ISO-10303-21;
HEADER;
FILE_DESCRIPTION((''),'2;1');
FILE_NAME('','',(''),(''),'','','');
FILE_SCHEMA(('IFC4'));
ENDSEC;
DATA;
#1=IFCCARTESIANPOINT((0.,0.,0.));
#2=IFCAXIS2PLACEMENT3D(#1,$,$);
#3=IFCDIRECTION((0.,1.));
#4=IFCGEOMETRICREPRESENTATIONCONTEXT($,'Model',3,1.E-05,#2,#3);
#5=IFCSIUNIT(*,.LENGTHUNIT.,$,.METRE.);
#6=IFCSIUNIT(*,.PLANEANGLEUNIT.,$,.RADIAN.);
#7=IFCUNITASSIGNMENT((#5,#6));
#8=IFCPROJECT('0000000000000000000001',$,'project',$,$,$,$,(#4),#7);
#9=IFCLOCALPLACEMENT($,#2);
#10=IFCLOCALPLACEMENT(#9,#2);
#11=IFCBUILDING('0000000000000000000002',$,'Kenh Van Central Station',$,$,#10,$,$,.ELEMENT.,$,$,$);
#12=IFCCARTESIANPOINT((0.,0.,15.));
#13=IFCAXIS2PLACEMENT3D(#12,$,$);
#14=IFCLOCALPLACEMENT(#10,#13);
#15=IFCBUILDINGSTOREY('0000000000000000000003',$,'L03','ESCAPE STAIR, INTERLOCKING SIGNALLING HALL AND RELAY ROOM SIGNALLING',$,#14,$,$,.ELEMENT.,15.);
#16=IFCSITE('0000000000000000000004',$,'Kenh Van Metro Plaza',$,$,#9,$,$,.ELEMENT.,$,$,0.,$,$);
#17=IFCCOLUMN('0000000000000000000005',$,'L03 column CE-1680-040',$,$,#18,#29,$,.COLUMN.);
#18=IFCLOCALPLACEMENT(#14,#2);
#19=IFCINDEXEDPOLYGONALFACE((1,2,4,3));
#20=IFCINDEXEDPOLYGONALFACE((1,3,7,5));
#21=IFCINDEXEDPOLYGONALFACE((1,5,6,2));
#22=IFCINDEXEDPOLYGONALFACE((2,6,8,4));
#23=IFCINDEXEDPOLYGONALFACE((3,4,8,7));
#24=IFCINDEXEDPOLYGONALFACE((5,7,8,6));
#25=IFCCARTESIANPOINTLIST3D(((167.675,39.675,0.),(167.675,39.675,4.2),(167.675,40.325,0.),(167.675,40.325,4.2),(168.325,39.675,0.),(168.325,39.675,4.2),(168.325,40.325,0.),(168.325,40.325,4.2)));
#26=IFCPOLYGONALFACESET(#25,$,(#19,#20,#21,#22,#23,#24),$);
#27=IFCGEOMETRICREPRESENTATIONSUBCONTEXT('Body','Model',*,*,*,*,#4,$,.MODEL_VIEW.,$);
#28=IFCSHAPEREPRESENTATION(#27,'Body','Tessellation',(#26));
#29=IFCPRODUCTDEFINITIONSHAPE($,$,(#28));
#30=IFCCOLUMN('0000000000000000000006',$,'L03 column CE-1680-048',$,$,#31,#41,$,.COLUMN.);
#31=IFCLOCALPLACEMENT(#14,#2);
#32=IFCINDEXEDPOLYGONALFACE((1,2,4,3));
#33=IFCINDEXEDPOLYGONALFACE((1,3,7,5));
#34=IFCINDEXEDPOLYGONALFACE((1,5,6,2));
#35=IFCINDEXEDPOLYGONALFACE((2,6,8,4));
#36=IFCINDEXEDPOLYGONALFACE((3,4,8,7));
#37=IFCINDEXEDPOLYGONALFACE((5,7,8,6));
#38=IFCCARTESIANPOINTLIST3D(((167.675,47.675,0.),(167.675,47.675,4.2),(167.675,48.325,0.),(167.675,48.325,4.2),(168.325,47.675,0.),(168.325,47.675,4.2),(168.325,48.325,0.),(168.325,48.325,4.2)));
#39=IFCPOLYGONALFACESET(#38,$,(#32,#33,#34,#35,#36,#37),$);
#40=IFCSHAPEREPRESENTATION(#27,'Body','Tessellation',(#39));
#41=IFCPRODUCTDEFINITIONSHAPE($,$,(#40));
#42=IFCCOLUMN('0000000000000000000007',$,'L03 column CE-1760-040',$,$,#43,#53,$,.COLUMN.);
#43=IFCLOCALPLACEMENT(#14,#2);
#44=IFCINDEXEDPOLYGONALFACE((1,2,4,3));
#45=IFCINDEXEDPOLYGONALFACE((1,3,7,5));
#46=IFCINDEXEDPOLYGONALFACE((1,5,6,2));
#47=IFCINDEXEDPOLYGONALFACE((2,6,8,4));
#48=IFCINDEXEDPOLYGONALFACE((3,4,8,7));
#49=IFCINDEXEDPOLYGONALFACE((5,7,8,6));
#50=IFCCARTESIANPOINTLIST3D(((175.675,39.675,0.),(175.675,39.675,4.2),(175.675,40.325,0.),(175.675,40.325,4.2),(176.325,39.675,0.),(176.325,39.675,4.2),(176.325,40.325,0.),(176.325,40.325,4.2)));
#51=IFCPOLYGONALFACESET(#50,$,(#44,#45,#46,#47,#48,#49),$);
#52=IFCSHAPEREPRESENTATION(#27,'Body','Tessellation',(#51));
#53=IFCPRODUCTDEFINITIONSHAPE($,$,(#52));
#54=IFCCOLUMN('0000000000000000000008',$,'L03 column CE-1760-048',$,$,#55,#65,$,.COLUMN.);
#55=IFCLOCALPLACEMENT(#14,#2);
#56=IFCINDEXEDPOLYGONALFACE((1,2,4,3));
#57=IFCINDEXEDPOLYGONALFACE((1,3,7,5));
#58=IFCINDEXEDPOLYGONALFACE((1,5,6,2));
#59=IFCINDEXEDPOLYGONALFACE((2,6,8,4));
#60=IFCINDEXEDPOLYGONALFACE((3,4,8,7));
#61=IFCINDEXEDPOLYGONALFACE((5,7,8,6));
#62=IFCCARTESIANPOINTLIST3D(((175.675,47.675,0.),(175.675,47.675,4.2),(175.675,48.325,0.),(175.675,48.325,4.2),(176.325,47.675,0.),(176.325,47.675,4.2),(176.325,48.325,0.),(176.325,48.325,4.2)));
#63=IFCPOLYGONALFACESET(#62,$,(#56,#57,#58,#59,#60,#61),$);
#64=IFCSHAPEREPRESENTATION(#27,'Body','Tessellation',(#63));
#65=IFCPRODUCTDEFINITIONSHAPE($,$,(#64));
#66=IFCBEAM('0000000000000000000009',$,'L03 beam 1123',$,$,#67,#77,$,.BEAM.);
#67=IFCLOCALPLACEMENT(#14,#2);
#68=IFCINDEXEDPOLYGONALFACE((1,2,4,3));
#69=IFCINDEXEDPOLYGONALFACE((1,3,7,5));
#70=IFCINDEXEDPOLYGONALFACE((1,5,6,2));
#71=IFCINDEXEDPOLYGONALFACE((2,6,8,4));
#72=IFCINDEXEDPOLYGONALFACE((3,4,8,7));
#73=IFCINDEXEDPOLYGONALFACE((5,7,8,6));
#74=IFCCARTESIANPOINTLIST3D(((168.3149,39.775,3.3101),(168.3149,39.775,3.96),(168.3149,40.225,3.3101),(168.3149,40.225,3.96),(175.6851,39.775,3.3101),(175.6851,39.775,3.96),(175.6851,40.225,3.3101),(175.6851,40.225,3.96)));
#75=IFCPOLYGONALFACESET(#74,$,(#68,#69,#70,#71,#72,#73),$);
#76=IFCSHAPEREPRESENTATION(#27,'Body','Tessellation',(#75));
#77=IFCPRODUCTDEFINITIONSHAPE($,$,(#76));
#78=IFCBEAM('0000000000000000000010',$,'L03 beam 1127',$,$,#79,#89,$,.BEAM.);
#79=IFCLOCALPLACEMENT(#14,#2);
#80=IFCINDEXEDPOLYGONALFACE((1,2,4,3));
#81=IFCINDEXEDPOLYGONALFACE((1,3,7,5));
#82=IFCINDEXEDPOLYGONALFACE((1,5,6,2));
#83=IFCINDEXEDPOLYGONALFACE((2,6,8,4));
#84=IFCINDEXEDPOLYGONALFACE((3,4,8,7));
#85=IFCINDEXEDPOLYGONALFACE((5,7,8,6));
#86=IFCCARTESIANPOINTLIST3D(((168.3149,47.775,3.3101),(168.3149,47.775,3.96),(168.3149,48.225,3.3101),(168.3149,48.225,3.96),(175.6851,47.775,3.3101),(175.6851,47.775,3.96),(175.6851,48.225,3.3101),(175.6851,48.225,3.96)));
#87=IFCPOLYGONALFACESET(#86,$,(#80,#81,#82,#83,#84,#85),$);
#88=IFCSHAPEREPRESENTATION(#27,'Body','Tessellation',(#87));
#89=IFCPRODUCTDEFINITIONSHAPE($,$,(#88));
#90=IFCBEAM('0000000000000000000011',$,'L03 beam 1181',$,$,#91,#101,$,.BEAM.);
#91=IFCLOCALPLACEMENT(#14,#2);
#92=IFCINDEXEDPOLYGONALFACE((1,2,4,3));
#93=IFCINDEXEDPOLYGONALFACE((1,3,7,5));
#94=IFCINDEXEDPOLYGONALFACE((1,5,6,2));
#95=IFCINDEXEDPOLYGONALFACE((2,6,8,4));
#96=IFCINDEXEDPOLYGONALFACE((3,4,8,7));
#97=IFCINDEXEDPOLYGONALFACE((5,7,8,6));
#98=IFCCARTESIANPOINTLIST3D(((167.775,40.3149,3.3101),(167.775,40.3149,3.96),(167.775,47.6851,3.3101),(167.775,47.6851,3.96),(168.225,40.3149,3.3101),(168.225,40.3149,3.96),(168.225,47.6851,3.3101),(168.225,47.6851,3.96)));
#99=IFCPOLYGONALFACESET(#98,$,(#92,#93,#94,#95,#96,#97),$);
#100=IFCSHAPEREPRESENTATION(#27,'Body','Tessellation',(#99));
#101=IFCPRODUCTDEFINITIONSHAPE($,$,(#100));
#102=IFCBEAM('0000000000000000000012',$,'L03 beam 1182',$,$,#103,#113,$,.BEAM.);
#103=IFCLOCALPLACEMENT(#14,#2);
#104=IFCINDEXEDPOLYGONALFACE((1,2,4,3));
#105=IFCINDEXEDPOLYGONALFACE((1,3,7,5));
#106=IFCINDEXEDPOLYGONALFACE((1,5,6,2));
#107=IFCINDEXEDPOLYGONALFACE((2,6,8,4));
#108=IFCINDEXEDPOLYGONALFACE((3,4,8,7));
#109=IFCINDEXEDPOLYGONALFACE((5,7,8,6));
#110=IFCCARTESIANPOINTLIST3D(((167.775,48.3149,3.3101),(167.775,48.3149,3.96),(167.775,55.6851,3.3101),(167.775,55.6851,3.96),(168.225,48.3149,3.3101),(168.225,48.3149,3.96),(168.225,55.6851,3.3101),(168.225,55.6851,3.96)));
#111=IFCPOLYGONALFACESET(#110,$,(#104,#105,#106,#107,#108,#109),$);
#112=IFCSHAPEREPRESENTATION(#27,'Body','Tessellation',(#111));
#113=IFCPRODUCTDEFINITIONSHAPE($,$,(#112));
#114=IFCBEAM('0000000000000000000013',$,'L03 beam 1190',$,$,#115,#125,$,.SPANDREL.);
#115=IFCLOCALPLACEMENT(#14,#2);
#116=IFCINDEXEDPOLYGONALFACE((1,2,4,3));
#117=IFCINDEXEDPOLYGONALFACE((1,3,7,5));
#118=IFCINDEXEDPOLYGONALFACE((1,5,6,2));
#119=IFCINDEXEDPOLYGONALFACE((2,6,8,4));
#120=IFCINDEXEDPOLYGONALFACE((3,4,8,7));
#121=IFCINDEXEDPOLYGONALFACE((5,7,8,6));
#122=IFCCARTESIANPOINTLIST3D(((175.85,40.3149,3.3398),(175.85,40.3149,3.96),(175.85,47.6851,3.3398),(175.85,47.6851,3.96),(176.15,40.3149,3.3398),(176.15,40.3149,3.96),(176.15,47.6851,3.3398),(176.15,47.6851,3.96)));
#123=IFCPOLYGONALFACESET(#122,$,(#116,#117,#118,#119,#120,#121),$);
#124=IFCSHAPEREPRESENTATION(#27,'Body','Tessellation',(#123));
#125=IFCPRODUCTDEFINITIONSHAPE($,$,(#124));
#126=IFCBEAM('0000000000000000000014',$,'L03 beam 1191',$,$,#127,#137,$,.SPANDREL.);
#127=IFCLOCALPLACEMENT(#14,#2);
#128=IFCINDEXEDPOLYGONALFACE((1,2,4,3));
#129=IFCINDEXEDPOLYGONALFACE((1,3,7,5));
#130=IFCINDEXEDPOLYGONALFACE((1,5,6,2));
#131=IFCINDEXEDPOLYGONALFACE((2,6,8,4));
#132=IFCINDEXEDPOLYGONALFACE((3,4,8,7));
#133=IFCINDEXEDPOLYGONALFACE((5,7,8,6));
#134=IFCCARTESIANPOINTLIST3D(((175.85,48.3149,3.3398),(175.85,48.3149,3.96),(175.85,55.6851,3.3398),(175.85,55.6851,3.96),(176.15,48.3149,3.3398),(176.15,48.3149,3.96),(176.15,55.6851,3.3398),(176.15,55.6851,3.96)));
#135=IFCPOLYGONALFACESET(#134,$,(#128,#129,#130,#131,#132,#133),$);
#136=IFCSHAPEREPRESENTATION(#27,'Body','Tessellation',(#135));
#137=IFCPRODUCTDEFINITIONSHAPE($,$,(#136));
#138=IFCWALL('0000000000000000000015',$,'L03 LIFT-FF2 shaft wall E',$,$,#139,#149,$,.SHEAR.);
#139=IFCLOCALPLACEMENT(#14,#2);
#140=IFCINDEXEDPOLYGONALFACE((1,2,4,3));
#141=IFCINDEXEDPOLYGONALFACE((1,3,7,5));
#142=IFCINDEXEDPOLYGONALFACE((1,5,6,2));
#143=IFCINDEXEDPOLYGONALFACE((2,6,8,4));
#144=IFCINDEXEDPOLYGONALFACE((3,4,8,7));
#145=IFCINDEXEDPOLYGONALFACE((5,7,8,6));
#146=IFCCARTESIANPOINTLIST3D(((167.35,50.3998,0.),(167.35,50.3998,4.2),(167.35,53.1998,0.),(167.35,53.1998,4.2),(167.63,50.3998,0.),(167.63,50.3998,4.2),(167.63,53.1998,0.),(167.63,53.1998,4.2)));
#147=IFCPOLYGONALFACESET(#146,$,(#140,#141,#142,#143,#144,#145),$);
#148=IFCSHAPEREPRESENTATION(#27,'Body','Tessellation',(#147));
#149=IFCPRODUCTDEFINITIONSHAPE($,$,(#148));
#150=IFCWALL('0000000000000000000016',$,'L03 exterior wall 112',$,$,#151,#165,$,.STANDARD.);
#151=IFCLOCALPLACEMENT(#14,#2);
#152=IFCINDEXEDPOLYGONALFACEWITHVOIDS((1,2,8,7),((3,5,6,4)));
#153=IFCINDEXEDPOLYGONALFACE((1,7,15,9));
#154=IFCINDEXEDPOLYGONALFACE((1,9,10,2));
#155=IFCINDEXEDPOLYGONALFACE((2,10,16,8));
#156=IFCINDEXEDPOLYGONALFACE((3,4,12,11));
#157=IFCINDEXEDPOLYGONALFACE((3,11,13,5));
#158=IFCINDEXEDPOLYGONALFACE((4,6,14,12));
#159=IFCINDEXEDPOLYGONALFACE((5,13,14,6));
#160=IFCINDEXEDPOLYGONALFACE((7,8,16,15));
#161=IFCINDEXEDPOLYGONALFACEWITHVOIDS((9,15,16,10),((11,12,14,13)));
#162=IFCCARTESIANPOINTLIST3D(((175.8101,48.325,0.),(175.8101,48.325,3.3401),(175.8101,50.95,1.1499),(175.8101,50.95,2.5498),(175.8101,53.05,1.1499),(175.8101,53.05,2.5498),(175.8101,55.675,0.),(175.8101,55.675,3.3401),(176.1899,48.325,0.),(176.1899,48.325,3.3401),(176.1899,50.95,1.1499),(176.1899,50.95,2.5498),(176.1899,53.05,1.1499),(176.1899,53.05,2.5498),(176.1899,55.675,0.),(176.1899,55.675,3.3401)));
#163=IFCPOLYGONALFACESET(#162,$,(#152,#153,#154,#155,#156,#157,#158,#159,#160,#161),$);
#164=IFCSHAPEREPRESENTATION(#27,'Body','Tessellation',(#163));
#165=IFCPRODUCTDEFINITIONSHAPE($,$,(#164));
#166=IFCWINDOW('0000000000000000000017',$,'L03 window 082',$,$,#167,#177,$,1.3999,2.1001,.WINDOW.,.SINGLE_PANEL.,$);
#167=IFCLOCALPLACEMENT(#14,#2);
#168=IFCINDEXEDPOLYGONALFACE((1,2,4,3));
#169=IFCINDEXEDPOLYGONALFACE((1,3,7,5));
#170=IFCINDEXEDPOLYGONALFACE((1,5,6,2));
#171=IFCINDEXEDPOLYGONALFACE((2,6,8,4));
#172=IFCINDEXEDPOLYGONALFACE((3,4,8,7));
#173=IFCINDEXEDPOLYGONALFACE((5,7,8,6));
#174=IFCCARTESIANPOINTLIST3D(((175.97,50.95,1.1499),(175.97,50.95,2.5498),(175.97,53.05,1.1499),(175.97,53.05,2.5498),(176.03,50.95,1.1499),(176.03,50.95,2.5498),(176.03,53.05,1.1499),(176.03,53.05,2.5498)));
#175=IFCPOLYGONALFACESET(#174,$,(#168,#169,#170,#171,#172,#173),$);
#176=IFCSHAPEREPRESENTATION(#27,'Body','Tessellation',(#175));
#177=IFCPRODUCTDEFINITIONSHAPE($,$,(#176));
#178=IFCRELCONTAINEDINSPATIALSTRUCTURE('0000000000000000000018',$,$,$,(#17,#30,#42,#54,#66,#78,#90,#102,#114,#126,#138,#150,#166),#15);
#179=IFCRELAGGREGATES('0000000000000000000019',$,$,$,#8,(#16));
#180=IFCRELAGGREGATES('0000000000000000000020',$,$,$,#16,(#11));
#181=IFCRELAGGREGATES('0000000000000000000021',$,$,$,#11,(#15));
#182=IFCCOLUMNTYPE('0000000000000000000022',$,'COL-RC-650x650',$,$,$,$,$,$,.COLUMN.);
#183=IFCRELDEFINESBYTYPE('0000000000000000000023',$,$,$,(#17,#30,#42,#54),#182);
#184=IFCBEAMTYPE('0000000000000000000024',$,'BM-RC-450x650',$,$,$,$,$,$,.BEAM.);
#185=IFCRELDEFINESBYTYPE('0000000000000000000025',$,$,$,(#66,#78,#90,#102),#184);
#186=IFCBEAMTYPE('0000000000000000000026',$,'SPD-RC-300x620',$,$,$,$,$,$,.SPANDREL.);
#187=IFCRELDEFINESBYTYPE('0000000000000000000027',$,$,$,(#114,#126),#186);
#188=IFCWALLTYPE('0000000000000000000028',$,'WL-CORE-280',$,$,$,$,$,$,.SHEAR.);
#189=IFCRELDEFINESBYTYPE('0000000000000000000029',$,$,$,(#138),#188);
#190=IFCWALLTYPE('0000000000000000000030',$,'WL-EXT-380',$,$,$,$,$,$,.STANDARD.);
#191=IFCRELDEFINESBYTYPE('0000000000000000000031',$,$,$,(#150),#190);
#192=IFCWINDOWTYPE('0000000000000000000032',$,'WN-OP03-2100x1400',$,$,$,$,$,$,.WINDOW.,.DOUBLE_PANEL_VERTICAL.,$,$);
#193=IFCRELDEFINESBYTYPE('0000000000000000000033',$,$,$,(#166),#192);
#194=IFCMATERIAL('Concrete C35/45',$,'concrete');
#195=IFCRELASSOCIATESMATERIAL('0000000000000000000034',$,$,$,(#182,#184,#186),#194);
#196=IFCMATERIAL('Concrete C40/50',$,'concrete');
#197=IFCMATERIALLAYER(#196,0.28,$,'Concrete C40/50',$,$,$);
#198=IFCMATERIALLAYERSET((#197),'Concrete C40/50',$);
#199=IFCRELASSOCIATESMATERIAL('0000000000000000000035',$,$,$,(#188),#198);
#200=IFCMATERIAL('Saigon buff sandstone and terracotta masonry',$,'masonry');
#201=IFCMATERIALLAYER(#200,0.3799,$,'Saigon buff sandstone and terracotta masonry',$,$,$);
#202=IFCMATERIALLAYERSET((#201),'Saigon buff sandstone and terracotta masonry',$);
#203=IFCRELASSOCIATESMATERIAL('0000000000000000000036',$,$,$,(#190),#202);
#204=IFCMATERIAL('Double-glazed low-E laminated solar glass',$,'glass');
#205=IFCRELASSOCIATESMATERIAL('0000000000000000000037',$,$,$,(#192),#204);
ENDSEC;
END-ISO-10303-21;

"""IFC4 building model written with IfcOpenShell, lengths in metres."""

from ifc_helpers import new_model, si_unit, direction, frame, frame_2d, origin, origin_2d, place, context, subcontext, project, spatial, rectangle, extrude, material, layer, layer_set, material_profile, profile_set, type_object, element, fill, save


model = new_model("IFC4")

# Units and contexts
model_context = context("Model", 3, precision=1e-05, world=origin(), true_north=direction((0.0, 1.0)))
body_context = subcontext(model_context, "Body", "Model", "MODEL_VIEW")
ifc_project = project(units=[si_unit("LENGTHUNIT", "METRE"), si_unit("PLANEANGLEUNIT", "RADIAN")], contexts=[model_context])

# Site, building, storey
site_placement = place(None, origin())
site = spatial("IfcSite", under=ifc_project, at=site_placement, Name="Kenh Van Metro Plaza", CompositionType="ELEMENT", RefElevation=0.0)
building_placement = place(site_placement, origin())
building = spatial("IfcBuilding", under=site, at=building_placement, Name="Kenh Van Central Station", CompositionType="ELEMENT")
storey_placement = place(building_placement, frame((0.0, 0.0, 15.0)))
storey = spatial("IfcBuildingStorey", under=building, at=storey_placement, Name="L03", Description="ESCAPE STAIR, INTERLOCKING SIGNALLING HALL AND RELAY ROOM SIGNALLING", CompositionType="ELEMENT", Elevation=15.0)

# Columns
ifc_material_1 = material(Name="Concrete C35/45", Category="concrete")
ifc_material_profile_1 = material_profile(ifc_material_1, rectangle(XDim=0.6499, YDim=0.6499, at=origin_2d()), Name="RC 650x650")
ifc_profile_set_1 = profile_set([ifc_material_profile_1], Name="Concrete C35/45")
column_type = type_object("IfcColumnType", Name="COL-RC-650x650", PredefinedType="COLUMN", material=ifc_profile_set_1)
for number, where, z_axis, x_axis, name in (
    (1, (168.0, 40.0, 0.0), (0.0, 0.0, 1.0), (1.0, 0.0, 0.0), "L03 column CE-1680-040"),
    (2, (168.0, 48.0, 0.0), (0.0, 0.0, 1.0), (1.0, 0.0, 0.0), "L03 column CE-1680-048"),
    (3, (176.0, 40.0, 0.0), (0.0, 0.0, 1.0), (1.0, 0.0, 0.0), "L03 column CE-1760-040"),
    (4, (176.0, 48.0, 0.0), (0.0, 0.0, 1.0), (1.0, 0.0, 0.0), "L03 column CE-1760-048"),
):
    element("IfcColumn", number, at=place(storey_placement, frame(where, z_axis=z_axis, x_axis=x_axis)), inside=storey, type_object=column_type, Name=name, PredefinedType="COLUMN", context=body_context, shape_type="SweptSolid", body=[
        extrude(rectangle(XDim=0.6499, YDim=0.6499, at=origin_2d()), origin(), (0.0, 0.0, 1.0), 4.2),
    ])

# Beams
ifc_material_profile_2 = material_profile(ifc_material_1, rectangle(XDim=0.45, YDim=0.6499, at=origin_2d()), Name="RC 450x650")
ifc_profile_set_2 = profile_set([ifc_material_profile_2], Name="Concrete C35/45")
beam_type_1 = type_object("IfcBeamType", Name="BM-RC-450x650", PredefinedType="BEAM", material=ifc_profile_set_2)
for number, where, z_axis, x_axis, name in (
    (5, (168.3149, 40.0, 3.635), (1.0, 0.0, 0.0), (0.0, 1.0, 0.0), "L03 beam 1123"),
    (6, (168.3149, 48.0, 3.635), (1.0, 0.0, 0.0), (0.0, 1.0, 0.0), "L03 beam 1127"),
    (7, (168.0, 40.3149, 3.635), (0.0, 1.0, 0.0), (-1.0, 0.0, 0.0), "L03 beam 1181"),
    (8, (168.0, 48.3149, 3.635), (0.0, 1.0, 0.0), (-1.0, 0.0, 0.0), "L03 beam 1182"),
):
    element("IfcBeam", number, at=place(storey_placement, frame(where, z_axis=z_axis, x_axis=x_axis)), inside=storey, type_object=beam_type_1, Name=name, PredefinedType="BEAM", context=body_context, shape_type="SweptSolid", body=[
        extrude(rectangle(XDim=0.45, YDim=0.6499, at=origin_2d()), origin(), (0.0, 0.0, 1.0), 7.3701),
    ])
ifc_material_profile_3 = material_profile(ifc_material_1, rectangle(XDim=0.3, YDim=0.6201, at=origin_2d()), Name="RC 300x620")
ifc_profile_set_3 = profile_set([ifc_material_profile_3], Name="Concrete C35/45")
beam_type_2 = type_object("IfcBeamType", Name="SPD-RC-300x620", PredefinedType="SPANDREL", material=ifc_profile_set_3)
for number, where, z_axis, x_axis, name in (
    (9, (176.0, 40.3149, 3.6499), (0.0, 1.0, 0.0), (-1.0, 0.0, 0.0), "L03 beam 1190"),
    (10, (176.0, 48.3149, 3.6499), (0.0, 1.0, 0.0), (-1.0, 0.0, 0.0), "L03 beam 1191"),
):
    element("IfcBeam", number, at=place(storey_placement, frame(where, z_axis=z_axis, x_axis=x_axis)), inside=storey, type_object=beam_type_2, Name=name, PredefinedType="SPANDREL", context=body_context, shape_type="SweptSolid", body=[
        extrude(rectangle(XDim=0.3, YDim=0.6201, at=origin_2d()), origin(), (0.0, 0.0, 1.0), 7.3701),
    ])

# Wall
ifc_material_2 = material(Name="Concrete C40/50", Category="concrete")
ifc_layer_1 = layer(ifc_material_2, 0.28, Name="Concrete C40/50")
ifc_layer_set_1 = layer_set([ifc_layer_1], Name="Concrete C40/50")
wall_type_1 = type_object("IfcWallType", Name="WL-CORE-280", PredefinedType="SHEAR", material=ifc_layer_set_1)
wall_1_placement = place(storey_placement, frame((167.49, 50.3999, 0.0), z_axis=(0.0, 0.0, 1.0), x_axis=(0.0, 1.0, 0.0)))
element("IfcWall", 11, at=wall_1_placement, inside=storey, type_object=wall_type_1, Name="L03 LIFT-FF2 shaft wall E", PredefinedType="SHEAR", context=body_context, shape_type="SweptSolid", body=[
    extrude(rectangle(XDim=2.8, YDim=0.28, at=frame_2d((1.3999, 0.0))), origin(), (0.0, 0.0, 1.0), 4.2),
])

# Wall, opening, window
ifc_material_3 = material(Name="Saigon buff sandstone and terracotta masonry", Category="masonry")
ifc_layer_2 = layer(ifc_material_3, 0.3799, Name="Saigon buff sandstone and terracotta masonry")
ifc_layer_set_2 = layer_set([ifc_layer_2], Name="Saigon buff sandstone and terracotta masonry")
wall_type_2 = type_object("IfcWallType", Name="WL-EXT-380", PredefinedType="STANDARD", material=ifc_layer_set_2)
wall_2_placement = place(storey_placement, frame((176.0, 48.325, 0.0), z_axis=(0.0, 0.0, 1.0), x_axis=(0.0, 1.0, 0.0)))
wall_2 = element("IfcWall", 12, at=wall_2_placement, inside=storey, type_object=wall_type_2, Name="L03 exterior wall 112", PredefinedType="STANDARD", context=body_context, shape_type="SweptSolid", body=[
    extrude(rectangle(XDim=7.3501, YDim=0.3799, at=frame_2d((3.675, 0.0))), origin(), (0.0, 0.0, 1.0), 3.3401),
])
opening_1_placement = place(wall_2_placement, frame((2.625, 0.0, 1.1499)))
opening_1 = element("IfcOpeningElement", 13, at=opening_1_placement, cuts=wall_2, PredefinedType="OPENING", context=body_context, shape_type="SweptSolid", body=[
    extrude(rectangle(XDim=2.1001, YDim=1.3999, at=frame_2d((1.05, 0.7))), frame((0.0, 0.2, 0.0), z_axis=(0.0, -1.0, 0.0), x_axis=(1.0, 0.0, 0.0)), (0.0, 0.0, 1.0), 0.3999),
])
ifc_material_4 = material(Name="Double-glazed low-E laminated solar glass", Category="glass")
window_type_1 = type_object("IfcWindowType", Name="WN-OP03-2100x1400", PartitioningType="DOUBLE_PANEL_VERTICAL", PredefinedType="WINDOW", material=ifc_material_4)
window_1_placement = place(opening_1_placement, origin())
window_1 = element("IfcWindow", 14, at=window_1_placement, inside=storey, type_object=window_type_1, Name="L03 window 082", OverallHeight=1.3999, OverallWidth=2.1001, PartitioningType="SINGLE_PANEL", PredefinedType="WINDOW", context=body_context, shape_type="SweptSolid", body=[
    extrude(rectangle(XDim=2.1001, YDim=1.3999, at=frame_2d((1.05, 0.7))), frame((0.0, 0.03, 0.0), z_axis=(0.0, -1.0, 0.0), x_axis=(1.0, 0.0, 0.0)), (0.0, 0.0, 1.0), 0.0601),
])
fill(opening_1, window_1)

save(model, "model.ifc")
